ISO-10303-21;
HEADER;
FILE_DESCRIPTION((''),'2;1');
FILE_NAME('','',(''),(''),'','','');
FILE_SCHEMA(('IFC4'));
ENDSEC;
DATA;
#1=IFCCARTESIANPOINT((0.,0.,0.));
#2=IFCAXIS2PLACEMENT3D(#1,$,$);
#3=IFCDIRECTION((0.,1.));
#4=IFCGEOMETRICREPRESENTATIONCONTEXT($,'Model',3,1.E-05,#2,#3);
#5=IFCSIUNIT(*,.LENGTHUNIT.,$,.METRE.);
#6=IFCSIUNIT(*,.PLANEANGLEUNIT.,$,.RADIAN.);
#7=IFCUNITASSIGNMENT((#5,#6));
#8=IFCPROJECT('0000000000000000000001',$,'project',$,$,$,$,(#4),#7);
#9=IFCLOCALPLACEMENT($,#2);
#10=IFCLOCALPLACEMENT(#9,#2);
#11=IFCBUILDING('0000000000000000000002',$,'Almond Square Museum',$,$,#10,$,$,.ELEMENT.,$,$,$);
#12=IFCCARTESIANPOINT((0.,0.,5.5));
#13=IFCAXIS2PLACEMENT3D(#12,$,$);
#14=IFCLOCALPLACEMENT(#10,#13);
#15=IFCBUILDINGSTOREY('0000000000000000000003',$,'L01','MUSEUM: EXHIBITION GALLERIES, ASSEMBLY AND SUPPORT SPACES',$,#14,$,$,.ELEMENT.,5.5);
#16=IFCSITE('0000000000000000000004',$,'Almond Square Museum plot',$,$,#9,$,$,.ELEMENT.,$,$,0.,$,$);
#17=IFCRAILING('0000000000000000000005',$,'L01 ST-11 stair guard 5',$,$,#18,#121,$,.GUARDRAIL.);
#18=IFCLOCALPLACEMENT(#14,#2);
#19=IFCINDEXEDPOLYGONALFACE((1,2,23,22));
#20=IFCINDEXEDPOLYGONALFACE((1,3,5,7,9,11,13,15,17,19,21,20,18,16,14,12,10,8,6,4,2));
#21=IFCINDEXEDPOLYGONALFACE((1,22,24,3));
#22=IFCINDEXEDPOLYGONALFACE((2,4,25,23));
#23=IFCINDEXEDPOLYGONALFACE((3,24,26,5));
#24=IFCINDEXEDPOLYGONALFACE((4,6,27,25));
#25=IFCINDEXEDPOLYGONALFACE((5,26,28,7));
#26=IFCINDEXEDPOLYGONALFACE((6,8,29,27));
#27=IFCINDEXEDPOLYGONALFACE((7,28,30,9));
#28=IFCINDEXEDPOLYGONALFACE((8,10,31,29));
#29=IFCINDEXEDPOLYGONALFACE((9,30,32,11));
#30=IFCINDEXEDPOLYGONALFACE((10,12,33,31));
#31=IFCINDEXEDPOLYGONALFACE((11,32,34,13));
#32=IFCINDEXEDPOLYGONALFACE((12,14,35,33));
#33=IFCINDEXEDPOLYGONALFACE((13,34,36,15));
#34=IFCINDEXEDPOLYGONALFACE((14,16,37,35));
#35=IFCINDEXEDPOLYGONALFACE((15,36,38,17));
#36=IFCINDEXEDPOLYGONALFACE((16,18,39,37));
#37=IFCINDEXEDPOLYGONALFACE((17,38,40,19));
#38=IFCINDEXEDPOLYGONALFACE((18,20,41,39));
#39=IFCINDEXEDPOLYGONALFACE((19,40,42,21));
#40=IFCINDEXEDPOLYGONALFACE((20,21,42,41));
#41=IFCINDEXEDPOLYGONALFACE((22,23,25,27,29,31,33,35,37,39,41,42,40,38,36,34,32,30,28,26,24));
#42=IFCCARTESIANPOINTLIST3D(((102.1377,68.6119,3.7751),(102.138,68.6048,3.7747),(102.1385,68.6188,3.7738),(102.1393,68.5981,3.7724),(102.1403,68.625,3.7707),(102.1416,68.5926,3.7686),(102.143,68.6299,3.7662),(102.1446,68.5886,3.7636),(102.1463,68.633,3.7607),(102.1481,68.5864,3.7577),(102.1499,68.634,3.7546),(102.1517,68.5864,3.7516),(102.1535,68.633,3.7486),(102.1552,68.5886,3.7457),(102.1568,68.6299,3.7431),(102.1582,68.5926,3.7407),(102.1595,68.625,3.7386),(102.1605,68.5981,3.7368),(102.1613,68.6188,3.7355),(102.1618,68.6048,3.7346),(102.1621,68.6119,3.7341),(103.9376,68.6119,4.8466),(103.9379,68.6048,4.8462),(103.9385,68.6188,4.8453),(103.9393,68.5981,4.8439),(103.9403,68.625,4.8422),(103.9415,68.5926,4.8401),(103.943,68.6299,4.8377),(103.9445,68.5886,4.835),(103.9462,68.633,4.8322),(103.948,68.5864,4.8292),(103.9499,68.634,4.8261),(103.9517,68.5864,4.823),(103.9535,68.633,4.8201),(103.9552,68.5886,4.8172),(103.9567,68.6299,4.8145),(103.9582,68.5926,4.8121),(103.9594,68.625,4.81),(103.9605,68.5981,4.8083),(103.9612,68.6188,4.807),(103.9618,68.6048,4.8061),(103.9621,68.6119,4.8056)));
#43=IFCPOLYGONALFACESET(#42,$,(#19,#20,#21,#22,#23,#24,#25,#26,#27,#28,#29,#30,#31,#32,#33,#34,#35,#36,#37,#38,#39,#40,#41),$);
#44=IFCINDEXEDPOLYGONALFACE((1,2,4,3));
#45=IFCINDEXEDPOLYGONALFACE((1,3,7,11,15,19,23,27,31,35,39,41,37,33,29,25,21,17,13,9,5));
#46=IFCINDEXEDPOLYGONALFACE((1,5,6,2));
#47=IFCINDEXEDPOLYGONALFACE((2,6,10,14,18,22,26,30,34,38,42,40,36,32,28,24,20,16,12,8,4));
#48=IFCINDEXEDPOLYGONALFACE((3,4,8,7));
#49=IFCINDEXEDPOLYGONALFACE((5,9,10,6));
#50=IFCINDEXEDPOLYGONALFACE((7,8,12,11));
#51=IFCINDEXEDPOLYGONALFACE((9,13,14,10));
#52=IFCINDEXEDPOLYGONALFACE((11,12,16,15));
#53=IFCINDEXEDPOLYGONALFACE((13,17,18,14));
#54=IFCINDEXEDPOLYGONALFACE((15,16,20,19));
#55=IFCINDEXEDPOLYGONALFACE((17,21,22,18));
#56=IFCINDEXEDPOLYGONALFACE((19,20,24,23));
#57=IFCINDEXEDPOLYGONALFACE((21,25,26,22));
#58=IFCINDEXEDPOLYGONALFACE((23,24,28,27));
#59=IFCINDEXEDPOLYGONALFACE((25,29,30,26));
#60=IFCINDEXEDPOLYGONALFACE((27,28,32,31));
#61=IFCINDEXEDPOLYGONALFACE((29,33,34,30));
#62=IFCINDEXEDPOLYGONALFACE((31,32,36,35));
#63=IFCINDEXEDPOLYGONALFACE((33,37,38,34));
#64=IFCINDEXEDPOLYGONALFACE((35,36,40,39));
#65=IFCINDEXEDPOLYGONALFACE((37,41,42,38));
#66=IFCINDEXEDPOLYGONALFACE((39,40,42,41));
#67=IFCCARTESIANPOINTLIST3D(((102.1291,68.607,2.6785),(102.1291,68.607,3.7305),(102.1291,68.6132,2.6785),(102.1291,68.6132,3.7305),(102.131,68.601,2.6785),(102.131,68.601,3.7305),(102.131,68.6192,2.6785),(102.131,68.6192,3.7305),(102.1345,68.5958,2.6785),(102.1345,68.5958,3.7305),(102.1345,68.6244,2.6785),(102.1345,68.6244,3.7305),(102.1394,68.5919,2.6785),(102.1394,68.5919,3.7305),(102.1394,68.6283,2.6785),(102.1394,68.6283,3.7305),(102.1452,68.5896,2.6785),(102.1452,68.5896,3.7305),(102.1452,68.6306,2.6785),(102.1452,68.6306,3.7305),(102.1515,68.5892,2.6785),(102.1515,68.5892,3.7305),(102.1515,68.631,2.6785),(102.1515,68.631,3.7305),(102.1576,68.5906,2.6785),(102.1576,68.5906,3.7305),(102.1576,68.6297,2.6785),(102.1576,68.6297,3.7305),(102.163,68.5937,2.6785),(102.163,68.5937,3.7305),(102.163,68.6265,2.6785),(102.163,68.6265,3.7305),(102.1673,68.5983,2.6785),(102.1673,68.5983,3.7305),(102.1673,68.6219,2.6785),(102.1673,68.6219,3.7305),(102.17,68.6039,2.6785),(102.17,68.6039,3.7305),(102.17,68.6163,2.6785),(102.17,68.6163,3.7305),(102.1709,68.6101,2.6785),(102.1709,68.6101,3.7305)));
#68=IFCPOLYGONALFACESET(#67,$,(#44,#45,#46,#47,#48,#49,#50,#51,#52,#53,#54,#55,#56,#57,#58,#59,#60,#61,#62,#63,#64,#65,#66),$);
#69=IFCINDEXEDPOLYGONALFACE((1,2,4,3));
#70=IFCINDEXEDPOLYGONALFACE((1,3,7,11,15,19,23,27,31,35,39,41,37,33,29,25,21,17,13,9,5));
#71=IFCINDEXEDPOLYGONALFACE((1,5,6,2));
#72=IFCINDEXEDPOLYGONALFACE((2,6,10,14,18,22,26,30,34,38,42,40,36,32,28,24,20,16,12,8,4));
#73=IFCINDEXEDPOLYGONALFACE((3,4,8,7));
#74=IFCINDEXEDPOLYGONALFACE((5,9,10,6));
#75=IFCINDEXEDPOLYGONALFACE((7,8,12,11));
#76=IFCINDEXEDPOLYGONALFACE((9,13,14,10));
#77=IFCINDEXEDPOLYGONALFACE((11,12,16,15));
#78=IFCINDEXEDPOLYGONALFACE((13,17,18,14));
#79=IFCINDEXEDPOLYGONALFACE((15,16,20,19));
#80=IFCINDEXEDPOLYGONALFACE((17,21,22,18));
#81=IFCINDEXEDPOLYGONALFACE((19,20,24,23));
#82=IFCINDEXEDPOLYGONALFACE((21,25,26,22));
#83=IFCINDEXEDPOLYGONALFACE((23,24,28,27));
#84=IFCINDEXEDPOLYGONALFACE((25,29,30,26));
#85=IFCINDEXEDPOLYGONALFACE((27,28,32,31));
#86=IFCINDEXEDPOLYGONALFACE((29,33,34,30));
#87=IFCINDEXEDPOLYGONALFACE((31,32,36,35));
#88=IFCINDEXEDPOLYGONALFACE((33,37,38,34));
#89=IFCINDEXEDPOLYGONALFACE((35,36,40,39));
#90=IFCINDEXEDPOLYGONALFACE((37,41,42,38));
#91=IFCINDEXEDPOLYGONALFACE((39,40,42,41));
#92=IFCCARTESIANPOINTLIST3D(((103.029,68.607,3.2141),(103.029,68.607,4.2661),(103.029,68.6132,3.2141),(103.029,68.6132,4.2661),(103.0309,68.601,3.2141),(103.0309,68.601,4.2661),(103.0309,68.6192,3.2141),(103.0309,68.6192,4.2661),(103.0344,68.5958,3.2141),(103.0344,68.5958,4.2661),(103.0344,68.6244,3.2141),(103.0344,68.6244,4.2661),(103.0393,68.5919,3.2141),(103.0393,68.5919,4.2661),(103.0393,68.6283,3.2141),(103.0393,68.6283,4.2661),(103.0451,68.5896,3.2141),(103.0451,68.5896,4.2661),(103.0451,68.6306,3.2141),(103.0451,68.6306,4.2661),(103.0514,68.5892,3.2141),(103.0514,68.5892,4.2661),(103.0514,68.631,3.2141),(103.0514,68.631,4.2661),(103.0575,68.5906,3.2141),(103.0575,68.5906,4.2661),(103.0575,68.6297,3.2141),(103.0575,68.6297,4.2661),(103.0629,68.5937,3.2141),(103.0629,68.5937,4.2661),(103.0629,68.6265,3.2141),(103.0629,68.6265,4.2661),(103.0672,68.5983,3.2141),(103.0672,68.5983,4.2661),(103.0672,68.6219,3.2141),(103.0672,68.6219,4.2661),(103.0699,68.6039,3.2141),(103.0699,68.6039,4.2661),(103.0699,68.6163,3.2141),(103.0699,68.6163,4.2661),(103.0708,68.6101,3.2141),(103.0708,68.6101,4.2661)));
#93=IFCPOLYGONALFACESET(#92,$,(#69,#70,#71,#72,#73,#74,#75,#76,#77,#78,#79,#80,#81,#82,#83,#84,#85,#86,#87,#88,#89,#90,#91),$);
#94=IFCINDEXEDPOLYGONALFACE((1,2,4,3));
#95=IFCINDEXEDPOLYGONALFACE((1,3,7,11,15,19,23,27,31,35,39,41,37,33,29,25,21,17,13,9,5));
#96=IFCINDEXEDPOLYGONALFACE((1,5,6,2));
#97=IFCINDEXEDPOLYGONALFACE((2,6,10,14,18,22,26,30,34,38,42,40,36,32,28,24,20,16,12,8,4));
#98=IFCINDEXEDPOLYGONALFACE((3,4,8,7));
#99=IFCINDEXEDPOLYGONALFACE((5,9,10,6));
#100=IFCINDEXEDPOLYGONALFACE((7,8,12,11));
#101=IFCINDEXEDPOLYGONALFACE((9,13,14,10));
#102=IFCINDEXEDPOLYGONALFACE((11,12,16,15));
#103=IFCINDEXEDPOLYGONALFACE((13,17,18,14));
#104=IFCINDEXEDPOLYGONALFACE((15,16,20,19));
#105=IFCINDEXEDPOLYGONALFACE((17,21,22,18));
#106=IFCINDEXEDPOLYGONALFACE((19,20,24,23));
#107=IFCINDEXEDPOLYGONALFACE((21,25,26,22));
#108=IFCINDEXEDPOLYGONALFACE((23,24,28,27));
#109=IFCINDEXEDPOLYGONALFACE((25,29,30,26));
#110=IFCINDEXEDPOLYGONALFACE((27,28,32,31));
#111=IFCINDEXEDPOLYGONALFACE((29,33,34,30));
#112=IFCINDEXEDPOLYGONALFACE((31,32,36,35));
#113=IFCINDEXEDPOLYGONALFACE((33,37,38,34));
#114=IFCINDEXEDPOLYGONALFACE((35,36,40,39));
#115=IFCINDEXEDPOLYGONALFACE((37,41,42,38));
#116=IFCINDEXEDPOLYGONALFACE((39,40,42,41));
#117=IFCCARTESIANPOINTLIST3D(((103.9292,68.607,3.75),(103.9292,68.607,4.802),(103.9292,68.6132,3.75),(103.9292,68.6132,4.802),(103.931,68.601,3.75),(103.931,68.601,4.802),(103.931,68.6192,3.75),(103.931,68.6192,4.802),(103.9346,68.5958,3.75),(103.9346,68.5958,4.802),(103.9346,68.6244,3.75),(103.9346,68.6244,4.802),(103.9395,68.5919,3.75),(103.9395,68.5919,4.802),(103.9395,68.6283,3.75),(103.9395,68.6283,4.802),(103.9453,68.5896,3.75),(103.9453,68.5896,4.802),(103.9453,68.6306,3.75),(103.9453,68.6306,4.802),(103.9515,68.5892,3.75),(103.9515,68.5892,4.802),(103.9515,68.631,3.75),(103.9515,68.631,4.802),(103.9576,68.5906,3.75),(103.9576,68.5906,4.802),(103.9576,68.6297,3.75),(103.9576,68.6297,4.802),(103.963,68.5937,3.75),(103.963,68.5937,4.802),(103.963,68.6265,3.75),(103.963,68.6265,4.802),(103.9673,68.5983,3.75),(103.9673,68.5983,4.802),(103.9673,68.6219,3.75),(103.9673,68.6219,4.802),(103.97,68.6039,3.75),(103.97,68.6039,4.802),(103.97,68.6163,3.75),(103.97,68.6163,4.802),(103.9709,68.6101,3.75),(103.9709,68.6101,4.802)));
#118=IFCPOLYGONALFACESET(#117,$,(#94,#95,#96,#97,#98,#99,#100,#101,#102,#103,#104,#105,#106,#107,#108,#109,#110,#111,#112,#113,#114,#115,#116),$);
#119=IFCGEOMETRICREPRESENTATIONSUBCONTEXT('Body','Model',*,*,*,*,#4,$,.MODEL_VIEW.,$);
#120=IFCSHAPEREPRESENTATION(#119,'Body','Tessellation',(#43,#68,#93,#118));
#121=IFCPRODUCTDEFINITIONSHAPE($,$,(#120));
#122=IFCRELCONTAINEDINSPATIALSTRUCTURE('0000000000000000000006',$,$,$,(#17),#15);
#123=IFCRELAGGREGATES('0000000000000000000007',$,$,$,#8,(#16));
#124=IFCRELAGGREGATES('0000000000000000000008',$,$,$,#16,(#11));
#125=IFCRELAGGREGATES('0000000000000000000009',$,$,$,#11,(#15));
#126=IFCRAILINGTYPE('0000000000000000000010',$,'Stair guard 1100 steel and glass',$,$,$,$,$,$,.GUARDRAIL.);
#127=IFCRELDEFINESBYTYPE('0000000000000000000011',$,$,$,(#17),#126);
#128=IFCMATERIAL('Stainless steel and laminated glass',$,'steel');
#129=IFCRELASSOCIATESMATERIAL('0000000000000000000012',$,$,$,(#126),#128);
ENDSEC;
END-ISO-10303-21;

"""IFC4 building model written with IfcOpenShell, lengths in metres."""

from ifc_helpers import new_model, si_unit, direction, frame, origin, origin_2d, place, context, subcontext, project, spatial, circle, extrude, material, type_object, element, save


model = new_model("IFC4")

# Units and contexts
model_context = context("Model", 3, precision=1e-05, world=origin(), true_north=direction((0.0, 1.0)))
body_context = subcontext(model_context, "Body", "Model", "MODEL_VIEW")
ifc_project = project(units=[si_unit("LENGTHUNIT", "METRE"), si_unit("PLANEANGLEUNIT", "RADIAN")], contexts=[model_context])

# Site, building, storey
site_placement = place(None, origin())
site = spatial("IfcSite", under=ifc_project, at=site_placement, Name="Almond Square Museum plot", CompositionType="ELEMENT", RefElevation=0.0)
building_placement = place(site_placement, origin())
building = spatial("IfcBuilding", under=site, at=building_placement, Name="Almond Square Museum", CompositionType="ELEMENT")
storey_placement = place(building_placement, frame((0.0, 0.0, 5.5)))
storey = spatial("IfcBuildingStorey", under=building, at=storey_placement, Name="L01", Description="MUSEUM: EXHIBITION GALLERIES, ASSEMBLY AND SUPPORT SPACES", CompositionType="ELEMENT", Elevation=5.5)

# Railing
ifc_material_1 = material(Name="Stainless steel and laminated glass", Category="steel")
railing_type_1 = type_object("IfcRailingType", Name="Stair guard 1100 steel and glass", PredefinedType="GUARDRAIL", material=ifc_material_1)
railing_1_placement = place(storey_placement, frame((102.1499, 68.6101, 2.6785)))
element("IfcRailing", 1, at=railing_1_placement, inside=storey, type_object=railing_type_1, Name="L01 ST-11 stair guard 5", PredefinedType="GUARDRAIL", context=body_context, shape_type="SweptSolid", body=[
    extrude(circle(Radius=0.0239, at=origin_2d()), frame((0.0, 0.0, 1.0762), z_axis=(0.859277, 0.0, 0.51151), x_axis=(0.0, 1.0, 0.0)), (0.0, 0.0, 1.0), 2.0947),
    extrude(circle(Radius=0.021, at=origin_2d()), origin(), (0.0, 0.0, 1.0), 1.052),
    extrude(circle(Radius=0.021, at=origin_2d()), frame((0.8999, 0.0, 0.5356)), (0.0, 0.0, 1.0), 1.052),
    extrude(circle(Radius=0.021, at=origin_2d()), frame((1.8, 0.0, 1.0715)), (0.0, 0.0, 1.0), 1.052),
])

save(model, "model.ifc")
